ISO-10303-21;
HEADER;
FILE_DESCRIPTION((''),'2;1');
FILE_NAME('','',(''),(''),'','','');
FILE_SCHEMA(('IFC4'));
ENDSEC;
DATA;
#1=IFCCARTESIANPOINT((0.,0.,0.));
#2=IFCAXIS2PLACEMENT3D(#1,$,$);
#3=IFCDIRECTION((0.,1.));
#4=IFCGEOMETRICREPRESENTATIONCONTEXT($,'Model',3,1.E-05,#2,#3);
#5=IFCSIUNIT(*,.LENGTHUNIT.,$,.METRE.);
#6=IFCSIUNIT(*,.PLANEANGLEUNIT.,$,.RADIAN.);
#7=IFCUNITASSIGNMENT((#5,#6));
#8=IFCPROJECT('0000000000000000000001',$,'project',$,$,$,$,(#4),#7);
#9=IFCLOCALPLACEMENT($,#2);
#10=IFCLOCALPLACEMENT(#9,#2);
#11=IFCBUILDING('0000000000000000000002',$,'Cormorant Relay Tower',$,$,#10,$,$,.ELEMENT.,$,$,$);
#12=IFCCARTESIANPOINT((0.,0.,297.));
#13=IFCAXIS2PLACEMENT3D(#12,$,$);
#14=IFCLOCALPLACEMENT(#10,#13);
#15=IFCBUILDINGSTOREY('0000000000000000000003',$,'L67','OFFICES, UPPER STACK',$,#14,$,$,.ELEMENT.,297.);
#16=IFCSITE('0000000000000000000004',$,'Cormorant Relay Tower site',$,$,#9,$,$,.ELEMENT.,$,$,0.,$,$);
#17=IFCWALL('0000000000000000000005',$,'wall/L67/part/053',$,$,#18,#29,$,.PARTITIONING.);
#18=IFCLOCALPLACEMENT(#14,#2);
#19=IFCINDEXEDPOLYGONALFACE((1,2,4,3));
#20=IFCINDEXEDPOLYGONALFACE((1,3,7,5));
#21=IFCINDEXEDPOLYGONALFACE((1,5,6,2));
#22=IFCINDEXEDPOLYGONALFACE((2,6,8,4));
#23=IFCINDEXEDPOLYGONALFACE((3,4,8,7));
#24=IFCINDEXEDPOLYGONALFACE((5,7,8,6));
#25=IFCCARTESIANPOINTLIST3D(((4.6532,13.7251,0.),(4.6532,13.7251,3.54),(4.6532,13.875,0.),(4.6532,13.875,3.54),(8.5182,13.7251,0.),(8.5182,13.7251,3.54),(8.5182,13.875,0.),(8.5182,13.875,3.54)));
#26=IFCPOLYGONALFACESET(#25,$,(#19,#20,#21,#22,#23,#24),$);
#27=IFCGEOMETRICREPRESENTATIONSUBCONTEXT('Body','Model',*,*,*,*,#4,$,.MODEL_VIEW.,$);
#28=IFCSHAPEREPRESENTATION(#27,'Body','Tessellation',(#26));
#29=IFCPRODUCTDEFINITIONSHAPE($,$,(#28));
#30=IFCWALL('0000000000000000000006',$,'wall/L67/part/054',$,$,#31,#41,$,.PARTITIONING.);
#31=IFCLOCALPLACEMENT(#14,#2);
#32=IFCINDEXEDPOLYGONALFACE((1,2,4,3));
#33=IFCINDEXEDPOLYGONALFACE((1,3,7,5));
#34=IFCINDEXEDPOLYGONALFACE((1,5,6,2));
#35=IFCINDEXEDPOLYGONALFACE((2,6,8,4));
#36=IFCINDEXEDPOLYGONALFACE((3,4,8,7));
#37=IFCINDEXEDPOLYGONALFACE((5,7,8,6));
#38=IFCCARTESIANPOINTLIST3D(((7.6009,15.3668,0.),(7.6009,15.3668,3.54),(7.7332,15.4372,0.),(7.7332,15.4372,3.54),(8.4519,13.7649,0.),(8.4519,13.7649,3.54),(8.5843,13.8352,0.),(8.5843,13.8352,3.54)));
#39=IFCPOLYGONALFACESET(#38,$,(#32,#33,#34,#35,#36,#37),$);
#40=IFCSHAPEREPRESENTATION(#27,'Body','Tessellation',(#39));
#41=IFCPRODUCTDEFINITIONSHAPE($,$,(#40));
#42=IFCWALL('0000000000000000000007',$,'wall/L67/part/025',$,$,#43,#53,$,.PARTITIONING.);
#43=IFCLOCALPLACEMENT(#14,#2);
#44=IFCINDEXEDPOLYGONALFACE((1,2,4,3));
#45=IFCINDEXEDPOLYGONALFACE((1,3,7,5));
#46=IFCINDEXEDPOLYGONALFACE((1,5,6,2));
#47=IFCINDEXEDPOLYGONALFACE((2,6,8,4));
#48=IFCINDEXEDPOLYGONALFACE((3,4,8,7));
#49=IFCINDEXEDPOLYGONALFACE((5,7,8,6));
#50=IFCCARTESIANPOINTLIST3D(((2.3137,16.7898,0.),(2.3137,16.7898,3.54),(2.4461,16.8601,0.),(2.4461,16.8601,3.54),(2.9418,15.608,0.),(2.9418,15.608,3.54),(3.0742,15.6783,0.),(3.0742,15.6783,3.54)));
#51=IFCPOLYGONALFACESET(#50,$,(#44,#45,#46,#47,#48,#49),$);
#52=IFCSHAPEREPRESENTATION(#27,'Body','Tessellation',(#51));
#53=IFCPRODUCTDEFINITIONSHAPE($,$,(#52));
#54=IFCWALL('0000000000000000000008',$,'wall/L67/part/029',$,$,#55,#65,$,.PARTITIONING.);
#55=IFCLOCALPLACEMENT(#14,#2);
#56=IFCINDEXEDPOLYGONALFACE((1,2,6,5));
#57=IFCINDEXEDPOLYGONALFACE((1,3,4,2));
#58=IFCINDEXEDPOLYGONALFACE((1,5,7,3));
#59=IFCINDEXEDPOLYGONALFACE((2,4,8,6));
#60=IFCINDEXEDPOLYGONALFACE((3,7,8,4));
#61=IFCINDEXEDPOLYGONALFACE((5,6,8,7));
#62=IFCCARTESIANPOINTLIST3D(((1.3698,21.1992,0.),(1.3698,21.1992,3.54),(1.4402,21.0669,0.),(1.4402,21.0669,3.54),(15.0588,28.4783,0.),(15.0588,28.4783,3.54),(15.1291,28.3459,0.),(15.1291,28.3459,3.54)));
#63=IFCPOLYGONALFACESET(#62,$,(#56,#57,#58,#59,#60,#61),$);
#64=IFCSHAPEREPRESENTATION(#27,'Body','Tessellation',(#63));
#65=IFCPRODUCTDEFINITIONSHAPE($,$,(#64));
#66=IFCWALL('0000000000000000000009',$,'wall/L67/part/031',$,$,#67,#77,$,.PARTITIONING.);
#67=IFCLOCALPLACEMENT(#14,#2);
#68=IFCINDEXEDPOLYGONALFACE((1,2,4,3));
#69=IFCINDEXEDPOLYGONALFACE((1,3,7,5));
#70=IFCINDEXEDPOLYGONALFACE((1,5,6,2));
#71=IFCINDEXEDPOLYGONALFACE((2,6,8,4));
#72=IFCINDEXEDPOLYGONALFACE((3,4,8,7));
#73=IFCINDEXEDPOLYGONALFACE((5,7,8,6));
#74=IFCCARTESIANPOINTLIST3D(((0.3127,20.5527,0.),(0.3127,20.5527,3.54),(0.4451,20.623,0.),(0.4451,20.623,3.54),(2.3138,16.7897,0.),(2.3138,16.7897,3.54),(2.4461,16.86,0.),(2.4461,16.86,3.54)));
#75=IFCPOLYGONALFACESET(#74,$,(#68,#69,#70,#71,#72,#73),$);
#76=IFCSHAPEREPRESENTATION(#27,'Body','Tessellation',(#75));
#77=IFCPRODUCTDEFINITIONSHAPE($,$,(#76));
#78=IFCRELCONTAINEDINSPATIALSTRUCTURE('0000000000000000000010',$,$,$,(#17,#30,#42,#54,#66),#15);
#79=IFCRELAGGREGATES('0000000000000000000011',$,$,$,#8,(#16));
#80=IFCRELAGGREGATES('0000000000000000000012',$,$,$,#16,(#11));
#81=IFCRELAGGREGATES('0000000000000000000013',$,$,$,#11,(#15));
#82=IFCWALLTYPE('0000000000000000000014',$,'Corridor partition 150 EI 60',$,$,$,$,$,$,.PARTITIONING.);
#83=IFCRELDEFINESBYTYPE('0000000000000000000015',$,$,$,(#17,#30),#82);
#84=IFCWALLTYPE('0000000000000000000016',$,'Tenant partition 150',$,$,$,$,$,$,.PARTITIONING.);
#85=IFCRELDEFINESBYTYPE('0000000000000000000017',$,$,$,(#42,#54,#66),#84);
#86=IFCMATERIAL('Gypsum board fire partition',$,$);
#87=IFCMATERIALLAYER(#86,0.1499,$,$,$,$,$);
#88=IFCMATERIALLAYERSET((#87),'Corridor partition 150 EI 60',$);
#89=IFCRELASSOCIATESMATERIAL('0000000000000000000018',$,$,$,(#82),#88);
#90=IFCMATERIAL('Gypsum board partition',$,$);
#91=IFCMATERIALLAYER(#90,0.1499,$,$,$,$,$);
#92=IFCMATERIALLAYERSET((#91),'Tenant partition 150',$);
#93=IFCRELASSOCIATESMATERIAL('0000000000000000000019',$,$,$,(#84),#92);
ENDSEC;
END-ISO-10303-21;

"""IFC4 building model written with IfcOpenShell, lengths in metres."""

from ifc_helpers import new_model, si_unit, direction, frame, frame_2d, origin, place, context, subcontext, project, spatial, rectangle, extrude, material, layer, layer_set, type_object, element, save


model = new_model("IFC4")

# Units and contexts
model_context = context("Model", 3, precision=1e-05, world=origin(), true_north=direction((0.0, 1.0)))
body_context = subcontext(model_context, "Body", "Model", "MODEL_VIEW")
ifc_project = project(units=[si_unit("LENGTHUNIT", "METRE"), si_unit("PLANEANGLEUNIT", "RADIAN")], contexts=[model_context])

# Site, building, storey
site_placement = place(None, origin())
site = spatial("IfcSite", under=ifc_project, at=site_placement, Name="Cormorant Relay Tower site", CompositionType="ELEMENT", RefElevation=0.0)
building_placement = place(site_placement, origin())
building = spatial("IfcBuilding", under=site, at=building_placement, Name="Cormorant Relay Tower", CompositionType="ELEMENT")
storey_placement = place(building_placement, frame((0.0, 0.0, 297.0)))
storey = spatial("IfcBuildingStorey", under=building, at=storey_placement, Name="L67", Description="OFFICES, UPPER STACK", CompositionType="ELEMENT", Elevation=297.0)

# Shared definitions
ifc_material_1 = material(Name="Gypsum board fire partition")
ifc_layer_1 = layer(ifc_material_1, 0.1499)
ifc_layer_set_1 = layer_set([ifc_layer_1], Name="Corridor partition 150 EI 60")
wall_type_1 = type_object("IfcWallType", Name="Corridor partition 150 EI 60", PredefinedType="PARTITIONING", material=ifc_layer_set_1)

# Walls
wall_1_placement = place(storey_placement, frame((4.6531, 13.8, 0.0), z_axis=(0.0, 0.0, 1.0), x_axis=(1.0, 0.0, 0.0)))
element("IfcWall", 1, at=wall_1_placement, inside=storey, type_object=wall_type_1, Name="wall/L67/part/053", PredefinedType="PARTITIONING", context=body_context, shape_type="SweptSolid", body=[
    extrude(rectangle(XDim=3.865, YDim=0.1499, at=frame_2d((1.9326, 0.0))), origin(), (0.0, 0.0, 1.0), 3.54),
])
wall_2_placement = place(storey_placement, frame((8.5181, 13.8, 0.0), z_axis=(0.0, 0.0, 1.0), x_axis=(-0.469149, 0.883119, 0.0)))
element("IfcWall", 2, at=wall_2_placement, inside=storey, type_object=wall_type_1, Name="wall/L67/part/054", PredefinedType="PARTITIONING", context=body_context, shape_type="SweptSolid", body=[
    extrude(rectangle(XDim=1.814, YDim=0.1499, at=frame_2d((0.907, 0.0))), origin(), (0.0, 0.0, 1.0), 3.54),
])
ifc_material_2 = material(Name="Gypsum board partition")
ifc_layer_2 = layer(ifc_material_2, 0.1499)
ifc_layer_set_2 = layer_set([ifc_layer_2], Name="Tenant partition 150")
wall_type_2 = type_object("IfcWallType", Name="Tenant partition 150", PredefinedType="PARTITIONING", material=ifc_layer_set_2)
wall_3_placement = place(storey_placement, frame((2.3799, 16.825, 0.0), z_axis=(0.0, 0.0, 1.0), x_axis=(0.469329, -0.883024, 0.0)))
element("IfcWall", 3, at=wall_3_placement, inside=storey, type_object=wall_type_2, Name="wall/L67/part/025", PredefinedType="PARTITIONING", context=body_context, shape_type="SweptSolid", body=[
    extrude(rectangle(XDim=1.3384, YDim=0.1499, at=frame_2d((0.6692, 0.0))), origin(), (0.0, 0.0, 1.0), 3.54),
])
wall_4_placement = place(storey_placement, frame((1.405, 21.1331, 0.0), z_axis=(0.0, 0.0, 1.0), x_axis=(0.882934, 0.469497, 0.0)))
element("IfcWall", 4, at=wall_4_placement, inside=storey, type_object=wall_type_2, Name="wall/L67/part/029", PredefinedType="PARTITIONING", context=body_context, shape_type="SweptSolid", body=[
    extrude(rectangle(XDim=15.5039, YDim=0.1499, at=frame_2d((7.752, 0.0))), origin(), (0.0, 0.0, 1.0), 3.54),
])
wall_5_placement = place(storey_placement, frame((2.3799, 16.825, 0.0), z_axis=(0.0, 0.0, 1.0), x_axis=(-0.469506, 0.882929, 0.0)))
element("IfcWall", 5, at=wall_5_placement, inside=storey, type_object=wall_type_2, Name="wall/L67/part/031", PredefinedType="PARTITIONING", context=body_context, shape_type="SweptSolid", body=[
    extrude(rectangle(XDim=4.262, YDim=0.1499, at=frame_2d((2.1309, 0.0))), origin(), (0.0, 0.0, 1.0), 3.54),
])

save(model, "model.ifc")
